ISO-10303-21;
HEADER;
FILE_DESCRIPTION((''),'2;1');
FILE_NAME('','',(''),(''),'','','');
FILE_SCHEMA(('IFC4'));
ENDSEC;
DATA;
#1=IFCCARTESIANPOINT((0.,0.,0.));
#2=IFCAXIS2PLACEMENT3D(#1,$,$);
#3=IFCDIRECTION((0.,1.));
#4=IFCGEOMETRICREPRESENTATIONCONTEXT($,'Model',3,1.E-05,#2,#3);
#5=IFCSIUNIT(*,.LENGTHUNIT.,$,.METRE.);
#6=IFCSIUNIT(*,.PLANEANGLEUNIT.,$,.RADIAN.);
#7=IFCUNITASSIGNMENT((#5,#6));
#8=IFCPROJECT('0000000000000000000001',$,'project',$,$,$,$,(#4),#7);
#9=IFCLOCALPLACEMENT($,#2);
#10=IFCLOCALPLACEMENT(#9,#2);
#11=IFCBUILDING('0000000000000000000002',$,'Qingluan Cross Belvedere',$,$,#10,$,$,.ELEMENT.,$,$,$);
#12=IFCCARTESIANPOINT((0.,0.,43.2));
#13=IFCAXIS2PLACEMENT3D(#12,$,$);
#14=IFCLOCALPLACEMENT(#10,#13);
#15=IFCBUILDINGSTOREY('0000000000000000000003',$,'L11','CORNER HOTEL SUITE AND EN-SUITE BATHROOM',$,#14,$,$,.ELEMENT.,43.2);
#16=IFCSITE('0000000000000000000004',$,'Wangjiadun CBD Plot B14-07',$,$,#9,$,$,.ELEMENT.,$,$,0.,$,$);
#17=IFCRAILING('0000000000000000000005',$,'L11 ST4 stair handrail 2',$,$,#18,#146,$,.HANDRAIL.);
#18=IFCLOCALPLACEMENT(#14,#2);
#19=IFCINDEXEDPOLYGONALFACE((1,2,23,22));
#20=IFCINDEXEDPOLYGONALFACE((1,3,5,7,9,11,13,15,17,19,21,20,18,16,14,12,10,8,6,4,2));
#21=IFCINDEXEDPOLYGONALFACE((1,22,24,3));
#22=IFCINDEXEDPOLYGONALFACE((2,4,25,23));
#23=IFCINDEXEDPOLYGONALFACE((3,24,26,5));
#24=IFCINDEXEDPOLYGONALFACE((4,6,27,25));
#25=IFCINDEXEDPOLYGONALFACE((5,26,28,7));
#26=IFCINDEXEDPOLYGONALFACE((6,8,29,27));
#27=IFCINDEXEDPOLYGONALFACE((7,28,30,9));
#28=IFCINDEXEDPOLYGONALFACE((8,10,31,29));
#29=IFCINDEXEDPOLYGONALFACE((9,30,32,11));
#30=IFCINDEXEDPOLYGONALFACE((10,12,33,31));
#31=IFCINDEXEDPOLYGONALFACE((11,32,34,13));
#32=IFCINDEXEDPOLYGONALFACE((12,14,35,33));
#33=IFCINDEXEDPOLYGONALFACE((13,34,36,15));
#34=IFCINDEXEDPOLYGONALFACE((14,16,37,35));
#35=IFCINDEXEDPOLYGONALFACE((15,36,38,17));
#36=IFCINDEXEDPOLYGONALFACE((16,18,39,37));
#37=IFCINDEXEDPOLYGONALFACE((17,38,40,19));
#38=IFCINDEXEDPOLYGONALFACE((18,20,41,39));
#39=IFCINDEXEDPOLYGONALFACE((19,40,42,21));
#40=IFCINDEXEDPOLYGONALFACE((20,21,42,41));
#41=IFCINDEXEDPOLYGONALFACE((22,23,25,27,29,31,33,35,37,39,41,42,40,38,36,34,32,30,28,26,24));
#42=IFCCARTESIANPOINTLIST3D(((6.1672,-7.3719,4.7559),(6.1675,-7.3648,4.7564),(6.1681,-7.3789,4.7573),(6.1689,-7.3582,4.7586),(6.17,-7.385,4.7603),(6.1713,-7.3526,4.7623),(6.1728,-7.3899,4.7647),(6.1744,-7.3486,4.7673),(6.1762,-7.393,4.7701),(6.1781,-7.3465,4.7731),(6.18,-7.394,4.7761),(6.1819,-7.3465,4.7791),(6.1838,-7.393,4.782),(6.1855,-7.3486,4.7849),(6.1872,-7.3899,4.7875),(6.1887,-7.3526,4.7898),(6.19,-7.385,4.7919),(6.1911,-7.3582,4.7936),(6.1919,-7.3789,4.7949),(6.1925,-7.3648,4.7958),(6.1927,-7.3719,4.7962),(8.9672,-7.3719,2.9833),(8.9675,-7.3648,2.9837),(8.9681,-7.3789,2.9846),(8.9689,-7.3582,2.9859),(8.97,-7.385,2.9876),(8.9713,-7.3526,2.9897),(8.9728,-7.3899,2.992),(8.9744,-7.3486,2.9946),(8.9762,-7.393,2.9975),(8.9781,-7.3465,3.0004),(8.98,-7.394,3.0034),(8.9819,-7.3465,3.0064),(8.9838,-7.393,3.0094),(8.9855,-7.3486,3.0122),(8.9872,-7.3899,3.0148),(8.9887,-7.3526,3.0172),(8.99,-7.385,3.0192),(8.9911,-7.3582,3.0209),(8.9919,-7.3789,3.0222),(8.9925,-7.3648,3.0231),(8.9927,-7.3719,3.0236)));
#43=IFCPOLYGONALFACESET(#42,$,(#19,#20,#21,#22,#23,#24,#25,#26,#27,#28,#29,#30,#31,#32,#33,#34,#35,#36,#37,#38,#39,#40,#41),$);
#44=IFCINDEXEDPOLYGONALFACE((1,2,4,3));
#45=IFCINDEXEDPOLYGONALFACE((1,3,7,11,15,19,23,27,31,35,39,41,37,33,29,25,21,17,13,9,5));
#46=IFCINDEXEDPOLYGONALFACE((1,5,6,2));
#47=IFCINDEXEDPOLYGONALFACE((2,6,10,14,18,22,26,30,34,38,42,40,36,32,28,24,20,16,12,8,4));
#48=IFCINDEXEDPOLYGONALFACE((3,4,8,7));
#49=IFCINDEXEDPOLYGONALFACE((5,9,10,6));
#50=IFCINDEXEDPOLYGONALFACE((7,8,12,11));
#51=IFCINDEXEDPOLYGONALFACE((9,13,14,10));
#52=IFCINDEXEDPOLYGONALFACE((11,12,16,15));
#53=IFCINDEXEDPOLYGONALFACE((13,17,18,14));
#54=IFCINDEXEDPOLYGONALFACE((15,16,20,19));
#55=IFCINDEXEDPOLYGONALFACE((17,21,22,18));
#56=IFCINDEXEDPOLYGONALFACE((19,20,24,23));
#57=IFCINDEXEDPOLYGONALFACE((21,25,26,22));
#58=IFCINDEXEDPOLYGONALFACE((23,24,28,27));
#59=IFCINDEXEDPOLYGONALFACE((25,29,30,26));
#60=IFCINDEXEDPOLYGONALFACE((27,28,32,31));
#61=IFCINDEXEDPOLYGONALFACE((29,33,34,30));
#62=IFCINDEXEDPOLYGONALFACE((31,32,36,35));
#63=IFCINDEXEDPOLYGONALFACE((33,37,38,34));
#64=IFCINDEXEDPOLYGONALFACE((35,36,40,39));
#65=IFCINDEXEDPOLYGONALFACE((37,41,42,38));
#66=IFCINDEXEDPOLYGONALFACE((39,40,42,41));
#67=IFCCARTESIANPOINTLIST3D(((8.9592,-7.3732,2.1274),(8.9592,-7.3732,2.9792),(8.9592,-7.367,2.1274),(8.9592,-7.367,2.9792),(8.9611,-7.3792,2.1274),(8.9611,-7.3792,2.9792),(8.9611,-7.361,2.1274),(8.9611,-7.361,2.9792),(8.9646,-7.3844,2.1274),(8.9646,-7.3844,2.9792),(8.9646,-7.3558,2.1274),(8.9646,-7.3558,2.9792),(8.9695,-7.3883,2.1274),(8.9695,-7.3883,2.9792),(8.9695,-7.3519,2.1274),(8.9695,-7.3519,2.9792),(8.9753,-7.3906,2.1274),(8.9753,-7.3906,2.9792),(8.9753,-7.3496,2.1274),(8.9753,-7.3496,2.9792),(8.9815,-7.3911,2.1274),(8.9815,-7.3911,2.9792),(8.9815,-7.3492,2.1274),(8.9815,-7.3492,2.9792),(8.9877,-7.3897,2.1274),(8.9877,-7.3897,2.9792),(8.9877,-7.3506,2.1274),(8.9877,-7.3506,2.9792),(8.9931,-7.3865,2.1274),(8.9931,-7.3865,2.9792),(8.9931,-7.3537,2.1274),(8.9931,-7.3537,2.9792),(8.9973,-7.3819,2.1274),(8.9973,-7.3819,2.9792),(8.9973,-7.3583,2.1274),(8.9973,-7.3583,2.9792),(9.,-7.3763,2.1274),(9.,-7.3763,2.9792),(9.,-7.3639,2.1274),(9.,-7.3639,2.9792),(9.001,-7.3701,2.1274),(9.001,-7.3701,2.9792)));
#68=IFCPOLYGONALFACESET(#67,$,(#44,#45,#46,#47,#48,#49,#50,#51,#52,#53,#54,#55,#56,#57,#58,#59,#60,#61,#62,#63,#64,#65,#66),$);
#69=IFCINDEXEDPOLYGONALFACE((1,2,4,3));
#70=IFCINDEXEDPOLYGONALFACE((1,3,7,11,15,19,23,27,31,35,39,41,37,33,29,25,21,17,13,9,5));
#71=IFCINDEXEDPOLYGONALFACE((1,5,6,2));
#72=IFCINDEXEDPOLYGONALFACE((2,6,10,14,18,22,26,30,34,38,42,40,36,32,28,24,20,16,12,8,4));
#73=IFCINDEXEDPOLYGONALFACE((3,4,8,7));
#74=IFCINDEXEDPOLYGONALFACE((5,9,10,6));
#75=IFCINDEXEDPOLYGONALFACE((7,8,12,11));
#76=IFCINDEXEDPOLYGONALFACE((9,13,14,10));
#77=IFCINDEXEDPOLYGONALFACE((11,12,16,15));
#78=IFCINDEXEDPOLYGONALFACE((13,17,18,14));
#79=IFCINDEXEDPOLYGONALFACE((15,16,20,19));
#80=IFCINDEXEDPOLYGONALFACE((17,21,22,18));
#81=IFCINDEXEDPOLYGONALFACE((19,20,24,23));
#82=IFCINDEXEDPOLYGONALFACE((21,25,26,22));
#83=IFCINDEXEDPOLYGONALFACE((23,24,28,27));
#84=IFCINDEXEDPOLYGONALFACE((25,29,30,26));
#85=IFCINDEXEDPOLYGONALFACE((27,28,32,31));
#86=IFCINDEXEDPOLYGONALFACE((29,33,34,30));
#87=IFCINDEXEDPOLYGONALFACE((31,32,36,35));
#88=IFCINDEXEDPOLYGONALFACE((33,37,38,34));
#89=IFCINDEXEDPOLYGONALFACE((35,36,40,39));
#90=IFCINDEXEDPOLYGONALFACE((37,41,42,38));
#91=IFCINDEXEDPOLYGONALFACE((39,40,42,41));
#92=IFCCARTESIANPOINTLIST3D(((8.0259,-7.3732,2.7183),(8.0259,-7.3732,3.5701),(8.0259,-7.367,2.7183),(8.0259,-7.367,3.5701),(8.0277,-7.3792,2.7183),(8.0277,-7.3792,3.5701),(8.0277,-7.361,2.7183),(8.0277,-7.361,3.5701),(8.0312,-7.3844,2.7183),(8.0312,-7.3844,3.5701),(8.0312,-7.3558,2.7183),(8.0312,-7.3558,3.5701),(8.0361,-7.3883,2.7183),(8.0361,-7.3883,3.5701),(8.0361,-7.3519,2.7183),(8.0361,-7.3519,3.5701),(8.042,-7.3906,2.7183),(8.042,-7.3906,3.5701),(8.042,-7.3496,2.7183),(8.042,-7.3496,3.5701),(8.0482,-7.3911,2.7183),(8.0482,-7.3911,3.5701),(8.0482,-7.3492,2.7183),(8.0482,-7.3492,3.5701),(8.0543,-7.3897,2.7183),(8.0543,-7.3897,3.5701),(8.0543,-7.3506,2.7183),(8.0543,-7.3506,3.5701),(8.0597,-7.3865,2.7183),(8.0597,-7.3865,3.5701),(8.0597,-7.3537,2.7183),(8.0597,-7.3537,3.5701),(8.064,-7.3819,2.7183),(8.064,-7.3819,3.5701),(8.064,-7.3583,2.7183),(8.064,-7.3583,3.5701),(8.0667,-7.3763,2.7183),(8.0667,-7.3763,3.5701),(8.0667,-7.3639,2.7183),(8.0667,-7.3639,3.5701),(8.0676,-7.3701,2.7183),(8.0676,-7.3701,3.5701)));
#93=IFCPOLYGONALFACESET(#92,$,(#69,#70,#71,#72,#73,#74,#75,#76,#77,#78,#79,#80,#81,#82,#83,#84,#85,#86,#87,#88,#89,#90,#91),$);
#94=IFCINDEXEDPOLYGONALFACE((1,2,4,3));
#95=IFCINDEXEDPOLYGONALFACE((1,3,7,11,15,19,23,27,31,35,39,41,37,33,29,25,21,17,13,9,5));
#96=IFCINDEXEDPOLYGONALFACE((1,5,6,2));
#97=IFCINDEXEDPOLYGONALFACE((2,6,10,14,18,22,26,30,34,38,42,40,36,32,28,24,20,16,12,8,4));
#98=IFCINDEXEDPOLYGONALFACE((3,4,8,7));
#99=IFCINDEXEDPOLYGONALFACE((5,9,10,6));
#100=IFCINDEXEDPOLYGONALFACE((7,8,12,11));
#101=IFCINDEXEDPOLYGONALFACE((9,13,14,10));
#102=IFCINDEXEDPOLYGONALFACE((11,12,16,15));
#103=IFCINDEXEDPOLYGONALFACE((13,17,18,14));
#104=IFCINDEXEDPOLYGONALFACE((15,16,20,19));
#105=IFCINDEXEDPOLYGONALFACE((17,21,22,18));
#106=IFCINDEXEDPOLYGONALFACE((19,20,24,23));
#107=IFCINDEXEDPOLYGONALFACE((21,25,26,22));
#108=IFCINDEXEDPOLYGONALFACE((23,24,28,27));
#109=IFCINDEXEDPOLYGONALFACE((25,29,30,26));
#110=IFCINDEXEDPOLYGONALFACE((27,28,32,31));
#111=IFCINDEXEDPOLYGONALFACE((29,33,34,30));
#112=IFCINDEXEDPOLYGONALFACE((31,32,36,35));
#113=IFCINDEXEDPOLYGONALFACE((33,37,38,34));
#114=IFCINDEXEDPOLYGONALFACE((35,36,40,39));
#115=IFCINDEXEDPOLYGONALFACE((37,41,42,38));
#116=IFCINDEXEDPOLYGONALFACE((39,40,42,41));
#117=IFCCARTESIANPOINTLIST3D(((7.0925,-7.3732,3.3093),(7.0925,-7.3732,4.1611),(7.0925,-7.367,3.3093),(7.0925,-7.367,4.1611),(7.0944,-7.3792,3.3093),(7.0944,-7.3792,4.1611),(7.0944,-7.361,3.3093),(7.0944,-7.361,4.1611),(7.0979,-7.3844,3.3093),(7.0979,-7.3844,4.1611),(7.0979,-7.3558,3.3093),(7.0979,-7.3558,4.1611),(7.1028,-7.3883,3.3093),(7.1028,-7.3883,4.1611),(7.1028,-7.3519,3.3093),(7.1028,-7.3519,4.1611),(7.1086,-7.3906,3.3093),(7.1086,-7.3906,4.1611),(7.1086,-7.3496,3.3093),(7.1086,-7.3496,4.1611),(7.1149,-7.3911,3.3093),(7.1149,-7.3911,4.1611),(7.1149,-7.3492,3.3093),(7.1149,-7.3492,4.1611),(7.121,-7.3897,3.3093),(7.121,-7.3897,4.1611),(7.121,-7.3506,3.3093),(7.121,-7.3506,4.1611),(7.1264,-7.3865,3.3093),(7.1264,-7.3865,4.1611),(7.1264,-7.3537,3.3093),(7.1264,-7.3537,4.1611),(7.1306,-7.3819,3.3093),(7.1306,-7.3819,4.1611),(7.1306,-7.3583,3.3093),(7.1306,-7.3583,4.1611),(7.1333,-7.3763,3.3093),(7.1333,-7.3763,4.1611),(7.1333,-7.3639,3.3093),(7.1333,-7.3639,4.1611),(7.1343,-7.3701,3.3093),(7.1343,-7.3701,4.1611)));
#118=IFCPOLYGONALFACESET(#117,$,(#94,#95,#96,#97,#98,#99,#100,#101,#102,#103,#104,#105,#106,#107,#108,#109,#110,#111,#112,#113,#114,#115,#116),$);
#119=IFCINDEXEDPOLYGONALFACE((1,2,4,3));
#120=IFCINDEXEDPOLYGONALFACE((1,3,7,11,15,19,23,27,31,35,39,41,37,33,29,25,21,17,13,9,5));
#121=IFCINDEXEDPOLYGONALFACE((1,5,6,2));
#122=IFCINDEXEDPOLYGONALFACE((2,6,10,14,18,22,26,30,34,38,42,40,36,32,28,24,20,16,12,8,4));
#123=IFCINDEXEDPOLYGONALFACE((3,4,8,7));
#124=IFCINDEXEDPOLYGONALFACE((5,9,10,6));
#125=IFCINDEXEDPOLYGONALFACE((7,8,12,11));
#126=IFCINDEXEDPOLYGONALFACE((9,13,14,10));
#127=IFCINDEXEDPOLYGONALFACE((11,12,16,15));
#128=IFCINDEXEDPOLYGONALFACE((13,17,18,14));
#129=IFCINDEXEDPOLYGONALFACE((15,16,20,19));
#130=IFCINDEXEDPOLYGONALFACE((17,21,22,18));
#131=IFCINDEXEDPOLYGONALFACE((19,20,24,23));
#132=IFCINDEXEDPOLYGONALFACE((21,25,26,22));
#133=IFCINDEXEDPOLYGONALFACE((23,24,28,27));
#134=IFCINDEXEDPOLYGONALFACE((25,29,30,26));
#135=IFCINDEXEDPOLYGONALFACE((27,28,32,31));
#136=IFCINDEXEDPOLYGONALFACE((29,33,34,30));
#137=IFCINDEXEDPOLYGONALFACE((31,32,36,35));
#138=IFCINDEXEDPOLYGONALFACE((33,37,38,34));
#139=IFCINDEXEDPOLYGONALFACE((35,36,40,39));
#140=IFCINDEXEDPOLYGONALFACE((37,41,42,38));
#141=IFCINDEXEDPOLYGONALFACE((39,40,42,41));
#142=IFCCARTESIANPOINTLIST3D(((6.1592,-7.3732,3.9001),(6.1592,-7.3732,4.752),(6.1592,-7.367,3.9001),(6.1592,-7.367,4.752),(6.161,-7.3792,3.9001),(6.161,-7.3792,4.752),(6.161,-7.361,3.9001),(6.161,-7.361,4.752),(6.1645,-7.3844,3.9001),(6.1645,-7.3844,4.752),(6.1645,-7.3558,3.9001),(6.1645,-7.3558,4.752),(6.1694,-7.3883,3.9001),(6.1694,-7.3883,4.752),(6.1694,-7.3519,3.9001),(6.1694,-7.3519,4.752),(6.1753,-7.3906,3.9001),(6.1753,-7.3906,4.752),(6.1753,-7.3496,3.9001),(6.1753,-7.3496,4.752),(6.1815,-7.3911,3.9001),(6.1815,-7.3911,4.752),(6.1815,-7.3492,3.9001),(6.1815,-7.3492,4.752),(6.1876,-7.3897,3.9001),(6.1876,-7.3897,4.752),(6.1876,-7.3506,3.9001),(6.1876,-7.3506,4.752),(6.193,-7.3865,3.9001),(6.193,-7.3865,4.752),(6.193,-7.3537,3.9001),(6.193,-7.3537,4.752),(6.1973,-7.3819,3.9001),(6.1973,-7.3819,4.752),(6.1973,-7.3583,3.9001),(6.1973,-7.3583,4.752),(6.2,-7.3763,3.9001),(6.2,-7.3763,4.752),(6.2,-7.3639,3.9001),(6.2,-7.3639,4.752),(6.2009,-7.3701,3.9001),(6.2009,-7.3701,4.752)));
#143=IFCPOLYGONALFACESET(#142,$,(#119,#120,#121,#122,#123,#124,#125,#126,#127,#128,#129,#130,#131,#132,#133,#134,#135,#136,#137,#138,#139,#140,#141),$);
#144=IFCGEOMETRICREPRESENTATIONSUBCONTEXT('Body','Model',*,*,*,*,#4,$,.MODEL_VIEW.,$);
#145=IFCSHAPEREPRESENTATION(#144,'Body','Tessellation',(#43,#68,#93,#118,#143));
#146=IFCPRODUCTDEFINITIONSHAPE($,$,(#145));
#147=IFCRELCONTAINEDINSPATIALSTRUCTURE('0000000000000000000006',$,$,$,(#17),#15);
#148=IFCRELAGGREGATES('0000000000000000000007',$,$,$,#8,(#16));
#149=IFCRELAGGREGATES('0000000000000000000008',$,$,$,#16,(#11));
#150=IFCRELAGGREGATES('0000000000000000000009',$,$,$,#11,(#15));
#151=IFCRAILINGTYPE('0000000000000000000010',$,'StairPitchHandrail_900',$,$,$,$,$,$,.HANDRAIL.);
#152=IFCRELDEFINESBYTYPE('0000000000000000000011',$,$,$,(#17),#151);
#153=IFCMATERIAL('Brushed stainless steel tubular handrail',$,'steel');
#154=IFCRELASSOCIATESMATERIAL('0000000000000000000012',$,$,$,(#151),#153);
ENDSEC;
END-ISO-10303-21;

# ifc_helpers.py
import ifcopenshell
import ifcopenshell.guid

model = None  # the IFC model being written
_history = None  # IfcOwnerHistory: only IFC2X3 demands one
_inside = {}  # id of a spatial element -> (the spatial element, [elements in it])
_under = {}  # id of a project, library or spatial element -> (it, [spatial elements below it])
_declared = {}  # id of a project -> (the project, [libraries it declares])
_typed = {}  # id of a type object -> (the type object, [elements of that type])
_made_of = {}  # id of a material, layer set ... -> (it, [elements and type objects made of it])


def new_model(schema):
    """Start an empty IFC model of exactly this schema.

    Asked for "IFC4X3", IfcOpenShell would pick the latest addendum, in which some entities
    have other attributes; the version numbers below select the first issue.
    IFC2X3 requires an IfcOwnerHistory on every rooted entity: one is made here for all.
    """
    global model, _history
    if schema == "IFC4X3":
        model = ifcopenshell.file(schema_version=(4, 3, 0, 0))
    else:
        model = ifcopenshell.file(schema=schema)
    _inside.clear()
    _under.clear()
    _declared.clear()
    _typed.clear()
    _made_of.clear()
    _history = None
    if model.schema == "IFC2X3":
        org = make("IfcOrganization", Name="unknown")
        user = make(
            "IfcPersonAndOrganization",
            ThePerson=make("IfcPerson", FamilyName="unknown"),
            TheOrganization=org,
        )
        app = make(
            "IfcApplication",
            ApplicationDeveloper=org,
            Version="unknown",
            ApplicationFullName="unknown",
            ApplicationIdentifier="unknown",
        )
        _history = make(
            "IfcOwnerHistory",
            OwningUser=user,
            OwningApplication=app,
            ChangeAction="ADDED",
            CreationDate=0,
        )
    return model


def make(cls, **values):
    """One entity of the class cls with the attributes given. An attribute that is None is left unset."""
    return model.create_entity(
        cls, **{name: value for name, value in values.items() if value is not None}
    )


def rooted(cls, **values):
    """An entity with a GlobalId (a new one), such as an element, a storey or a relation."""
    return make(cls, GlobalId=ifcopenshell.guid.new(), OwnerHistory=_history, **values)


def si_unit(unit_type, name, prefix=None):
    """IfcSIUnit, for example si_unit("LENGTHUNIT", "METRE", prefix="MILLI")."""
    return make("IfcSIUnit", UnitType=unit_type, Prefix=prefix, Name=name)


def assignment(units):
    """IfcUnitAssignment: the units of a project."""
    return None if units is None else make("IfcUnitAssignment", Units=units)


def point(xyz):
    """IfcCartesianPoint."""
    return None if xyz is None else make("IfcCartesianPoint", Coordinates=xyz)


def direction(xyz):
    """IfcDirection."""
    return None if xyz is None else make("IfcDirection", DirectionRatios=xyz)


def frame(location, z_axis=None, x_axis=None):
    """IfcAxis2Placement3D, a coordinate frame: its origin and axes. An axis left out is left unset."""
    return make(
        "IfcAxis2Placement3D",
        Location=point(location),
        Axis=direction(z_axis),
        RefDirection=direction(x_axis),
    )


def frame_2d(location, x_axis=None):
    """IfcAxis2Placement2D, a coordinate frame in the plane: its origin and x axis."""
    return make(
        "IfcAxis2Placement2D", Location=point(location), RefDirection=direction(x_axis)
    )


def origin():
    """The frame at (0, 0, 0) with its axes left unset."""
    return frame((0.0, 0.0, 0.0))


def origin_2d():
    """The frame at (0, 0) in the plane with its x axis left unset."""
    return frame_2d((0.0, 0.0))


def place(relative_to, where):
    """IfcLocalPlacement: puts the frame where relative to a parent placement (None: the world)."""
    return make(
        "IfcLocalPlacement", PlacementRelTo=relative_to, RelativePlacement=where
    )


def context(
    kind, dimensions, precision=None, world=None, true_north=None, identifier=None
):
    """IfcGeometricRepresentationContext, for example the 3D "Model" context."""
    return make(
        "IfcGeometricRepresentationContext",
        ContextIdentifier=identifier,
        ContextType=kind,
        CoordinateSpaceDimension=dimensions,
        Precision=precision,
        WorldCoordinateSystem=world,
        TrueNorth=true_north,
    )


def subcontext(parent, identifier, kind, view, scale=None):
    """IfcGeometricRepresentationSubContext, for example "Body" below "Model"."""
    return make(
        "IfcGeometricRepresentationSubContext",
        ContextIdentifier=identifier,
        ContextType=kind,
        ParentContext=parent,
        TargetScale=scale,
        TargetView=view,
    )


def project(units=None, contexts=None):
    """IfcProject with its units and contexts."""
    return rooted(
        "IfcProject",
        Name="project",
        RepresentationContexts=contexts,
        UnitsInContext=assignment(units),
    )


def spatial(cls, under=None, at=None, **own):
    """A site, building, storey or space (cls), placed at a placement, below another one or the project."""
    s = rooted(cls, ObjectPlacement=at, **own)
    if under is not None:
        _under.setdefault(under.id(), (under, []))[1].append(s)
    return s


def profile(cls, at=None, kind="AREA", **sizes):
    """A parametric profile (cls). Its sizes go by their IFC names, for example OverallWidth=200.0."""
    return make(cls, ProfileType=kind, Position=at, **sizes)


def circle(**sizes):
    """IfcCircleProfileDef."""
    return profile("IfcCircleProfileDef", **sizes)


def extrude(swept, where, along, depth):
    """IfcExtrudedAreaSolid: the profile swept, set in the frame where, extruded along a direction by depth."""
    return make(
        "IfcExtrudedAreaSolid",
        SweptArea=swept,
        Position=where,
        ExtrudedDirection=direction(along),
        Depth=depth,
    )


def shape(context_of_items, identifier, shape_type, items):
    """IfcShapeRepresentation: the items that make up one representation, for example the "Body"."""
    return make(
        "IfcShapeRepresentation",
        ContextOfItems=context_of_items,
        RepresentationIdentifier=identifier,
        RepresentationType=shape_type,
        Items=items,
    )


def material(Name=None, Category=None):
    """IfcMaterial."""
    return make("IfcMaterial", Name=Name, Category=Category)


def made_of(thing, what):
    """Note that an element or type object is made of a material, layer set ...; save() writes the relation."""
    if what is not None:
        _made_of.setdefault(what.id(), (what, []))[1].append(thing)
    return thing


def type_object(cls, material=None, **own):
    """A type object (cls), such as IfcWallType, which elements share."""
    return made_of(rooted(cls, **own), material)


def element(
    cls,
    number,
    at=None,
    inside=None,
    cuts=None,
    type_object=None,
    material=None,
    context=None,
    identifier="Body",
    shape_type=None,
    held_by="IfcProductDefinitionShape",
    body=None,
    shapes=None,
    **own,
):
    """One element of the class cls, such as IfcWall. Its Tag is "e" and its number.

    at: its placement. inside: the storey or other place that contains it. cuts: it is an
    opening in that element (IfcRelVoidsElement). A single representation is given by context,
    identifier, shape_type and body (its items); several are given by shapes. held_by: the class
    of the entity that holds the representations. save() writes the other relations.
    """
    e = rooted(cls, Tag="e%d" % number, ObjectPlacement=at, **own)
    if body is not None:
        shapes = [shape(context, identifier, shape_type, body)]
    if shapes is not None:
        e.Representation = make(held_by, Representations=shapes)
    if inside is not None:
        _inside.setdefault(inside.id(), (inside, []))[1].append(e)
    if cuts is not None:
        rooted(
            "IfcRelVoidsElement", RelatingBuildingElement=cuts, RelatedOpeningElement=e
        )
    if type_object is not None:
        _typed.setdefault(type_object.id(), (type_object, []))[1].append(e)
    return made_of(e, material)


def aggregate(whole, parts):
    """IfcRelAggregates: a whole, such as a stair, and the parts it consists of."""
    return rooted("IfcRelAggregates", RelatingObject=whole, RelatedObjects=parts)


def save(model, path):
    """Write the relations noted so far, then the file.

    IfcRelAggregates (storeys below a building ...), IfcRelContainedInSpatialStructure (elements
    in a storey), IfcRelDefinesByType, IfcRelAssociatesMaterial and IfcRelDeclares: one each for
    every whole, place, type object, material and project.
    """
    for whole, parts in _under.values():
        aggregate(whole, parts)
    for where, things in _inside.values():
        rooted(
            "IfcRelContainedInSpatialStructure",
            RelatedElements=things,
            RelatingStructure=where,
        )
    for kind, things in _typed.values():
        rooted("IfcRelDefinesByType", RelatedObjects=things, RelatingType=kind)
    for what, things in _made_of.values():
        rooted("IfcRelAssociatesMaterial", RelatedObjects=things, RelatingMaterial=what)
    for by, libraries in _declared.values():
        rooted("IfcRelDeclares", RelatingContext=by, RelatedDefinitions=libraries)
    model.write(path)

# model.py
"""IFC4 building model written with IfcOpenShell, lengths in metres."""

from ifc_helpers import new_model, si_unit, direction, frame, origin, origin_2d, place, context, subcontext, project, spatial, circle, extrude, material, type_object, element, save


model = new_model("IFC4")

# Units and contexts
model_context = context("Model", 3, precision=1e-05, world=origin(), true_north=direction((0.0, 1.0)))
body_context = subcontext(model_context, "Body", "Model", "MODEL_VIEW")
ifc_project = project(units=[si_unit("LENGTHUNIT", "METRE"), si_unit("PLANEANGLEUNIT", "RADIAN")], contexts=[model_context])

# Site, building, storey
site_placement = place(None, origin())
site = spatial("IfcSite", under=ifc_project, at=site_placement, Name="Wangjiadun CBD Plot B14-07", CompositionType="ELEMENT", RefElevation=0.0)
building_placement = place(site_placement, origin())
building = spatial("IfcBuilding", under=site, at=building_placement, Name="Qingluan Cross Belvedere", CompositionType="ELEMENT")
storey_placement = place(building_placement, frame((0.0, 0.0, 43.2)))
storey = spatial("IfcBuildingStorey", under=building, at=storey_placement, Name="L11", Description="CORNER HOTEL SUITE AND EN-SUITE BATHROOM", CompositionType="ELEMENT", Elevation=43.2)

# Railing
ifc_material_1 = material(Name="Brushed stainless steel tubular handrail", Category="steel")
railing_type_1 = type_object("IfcRailingType", Name="StairPitchHandrail_900", PredefinedType="HANDRAIL", material=ifc_material_1)
railing_1_placement = place(storey_placement, frame((8.98, -7.3701, 2.1274)))
element("IfcRailing", 1, at=railing_1_placement, inside=storey, type_object=railing_type_1, Name="L11 ST4 stair handrail 2", PredefinedType="HANDRAIL", context=body_context, shape_type="SweptSolid", body=[
    extrude(circle(Radius=0.0239, at=origin_2d()), frame((0.0, 0.0, 0.876), z_axis=(-0.844909, 0.0, 0.53491), x_axis=(0.0, -1.0, 0.0)), (0.0, 0.0, 1.0), 3.314),
    extrude(circle(Radius=0.021, at=origin_2d()), origin(), (0.0, 0.0, 1.0), 0.8518),
    extrude(circle(Radius=0.021, at=origin_2d()), frame((-0.9333, 0.0, 0.5908)), (0.0, 0.0, 1.0), 0.8518),
    extrude(circle(Radius=0.021, at=origin_2d()), frame((-1.8667, 0.0, 1.1819)), (0.0, 0.0, 1.0), 0.8518),
    extrude(circle(Radius=0.021, at=origin_2d()), frame((-2.8, 0.0, 1.7727)), (0.0, 0.0, 1.0), 0.8518),
])

save(model, "model.ifc")
